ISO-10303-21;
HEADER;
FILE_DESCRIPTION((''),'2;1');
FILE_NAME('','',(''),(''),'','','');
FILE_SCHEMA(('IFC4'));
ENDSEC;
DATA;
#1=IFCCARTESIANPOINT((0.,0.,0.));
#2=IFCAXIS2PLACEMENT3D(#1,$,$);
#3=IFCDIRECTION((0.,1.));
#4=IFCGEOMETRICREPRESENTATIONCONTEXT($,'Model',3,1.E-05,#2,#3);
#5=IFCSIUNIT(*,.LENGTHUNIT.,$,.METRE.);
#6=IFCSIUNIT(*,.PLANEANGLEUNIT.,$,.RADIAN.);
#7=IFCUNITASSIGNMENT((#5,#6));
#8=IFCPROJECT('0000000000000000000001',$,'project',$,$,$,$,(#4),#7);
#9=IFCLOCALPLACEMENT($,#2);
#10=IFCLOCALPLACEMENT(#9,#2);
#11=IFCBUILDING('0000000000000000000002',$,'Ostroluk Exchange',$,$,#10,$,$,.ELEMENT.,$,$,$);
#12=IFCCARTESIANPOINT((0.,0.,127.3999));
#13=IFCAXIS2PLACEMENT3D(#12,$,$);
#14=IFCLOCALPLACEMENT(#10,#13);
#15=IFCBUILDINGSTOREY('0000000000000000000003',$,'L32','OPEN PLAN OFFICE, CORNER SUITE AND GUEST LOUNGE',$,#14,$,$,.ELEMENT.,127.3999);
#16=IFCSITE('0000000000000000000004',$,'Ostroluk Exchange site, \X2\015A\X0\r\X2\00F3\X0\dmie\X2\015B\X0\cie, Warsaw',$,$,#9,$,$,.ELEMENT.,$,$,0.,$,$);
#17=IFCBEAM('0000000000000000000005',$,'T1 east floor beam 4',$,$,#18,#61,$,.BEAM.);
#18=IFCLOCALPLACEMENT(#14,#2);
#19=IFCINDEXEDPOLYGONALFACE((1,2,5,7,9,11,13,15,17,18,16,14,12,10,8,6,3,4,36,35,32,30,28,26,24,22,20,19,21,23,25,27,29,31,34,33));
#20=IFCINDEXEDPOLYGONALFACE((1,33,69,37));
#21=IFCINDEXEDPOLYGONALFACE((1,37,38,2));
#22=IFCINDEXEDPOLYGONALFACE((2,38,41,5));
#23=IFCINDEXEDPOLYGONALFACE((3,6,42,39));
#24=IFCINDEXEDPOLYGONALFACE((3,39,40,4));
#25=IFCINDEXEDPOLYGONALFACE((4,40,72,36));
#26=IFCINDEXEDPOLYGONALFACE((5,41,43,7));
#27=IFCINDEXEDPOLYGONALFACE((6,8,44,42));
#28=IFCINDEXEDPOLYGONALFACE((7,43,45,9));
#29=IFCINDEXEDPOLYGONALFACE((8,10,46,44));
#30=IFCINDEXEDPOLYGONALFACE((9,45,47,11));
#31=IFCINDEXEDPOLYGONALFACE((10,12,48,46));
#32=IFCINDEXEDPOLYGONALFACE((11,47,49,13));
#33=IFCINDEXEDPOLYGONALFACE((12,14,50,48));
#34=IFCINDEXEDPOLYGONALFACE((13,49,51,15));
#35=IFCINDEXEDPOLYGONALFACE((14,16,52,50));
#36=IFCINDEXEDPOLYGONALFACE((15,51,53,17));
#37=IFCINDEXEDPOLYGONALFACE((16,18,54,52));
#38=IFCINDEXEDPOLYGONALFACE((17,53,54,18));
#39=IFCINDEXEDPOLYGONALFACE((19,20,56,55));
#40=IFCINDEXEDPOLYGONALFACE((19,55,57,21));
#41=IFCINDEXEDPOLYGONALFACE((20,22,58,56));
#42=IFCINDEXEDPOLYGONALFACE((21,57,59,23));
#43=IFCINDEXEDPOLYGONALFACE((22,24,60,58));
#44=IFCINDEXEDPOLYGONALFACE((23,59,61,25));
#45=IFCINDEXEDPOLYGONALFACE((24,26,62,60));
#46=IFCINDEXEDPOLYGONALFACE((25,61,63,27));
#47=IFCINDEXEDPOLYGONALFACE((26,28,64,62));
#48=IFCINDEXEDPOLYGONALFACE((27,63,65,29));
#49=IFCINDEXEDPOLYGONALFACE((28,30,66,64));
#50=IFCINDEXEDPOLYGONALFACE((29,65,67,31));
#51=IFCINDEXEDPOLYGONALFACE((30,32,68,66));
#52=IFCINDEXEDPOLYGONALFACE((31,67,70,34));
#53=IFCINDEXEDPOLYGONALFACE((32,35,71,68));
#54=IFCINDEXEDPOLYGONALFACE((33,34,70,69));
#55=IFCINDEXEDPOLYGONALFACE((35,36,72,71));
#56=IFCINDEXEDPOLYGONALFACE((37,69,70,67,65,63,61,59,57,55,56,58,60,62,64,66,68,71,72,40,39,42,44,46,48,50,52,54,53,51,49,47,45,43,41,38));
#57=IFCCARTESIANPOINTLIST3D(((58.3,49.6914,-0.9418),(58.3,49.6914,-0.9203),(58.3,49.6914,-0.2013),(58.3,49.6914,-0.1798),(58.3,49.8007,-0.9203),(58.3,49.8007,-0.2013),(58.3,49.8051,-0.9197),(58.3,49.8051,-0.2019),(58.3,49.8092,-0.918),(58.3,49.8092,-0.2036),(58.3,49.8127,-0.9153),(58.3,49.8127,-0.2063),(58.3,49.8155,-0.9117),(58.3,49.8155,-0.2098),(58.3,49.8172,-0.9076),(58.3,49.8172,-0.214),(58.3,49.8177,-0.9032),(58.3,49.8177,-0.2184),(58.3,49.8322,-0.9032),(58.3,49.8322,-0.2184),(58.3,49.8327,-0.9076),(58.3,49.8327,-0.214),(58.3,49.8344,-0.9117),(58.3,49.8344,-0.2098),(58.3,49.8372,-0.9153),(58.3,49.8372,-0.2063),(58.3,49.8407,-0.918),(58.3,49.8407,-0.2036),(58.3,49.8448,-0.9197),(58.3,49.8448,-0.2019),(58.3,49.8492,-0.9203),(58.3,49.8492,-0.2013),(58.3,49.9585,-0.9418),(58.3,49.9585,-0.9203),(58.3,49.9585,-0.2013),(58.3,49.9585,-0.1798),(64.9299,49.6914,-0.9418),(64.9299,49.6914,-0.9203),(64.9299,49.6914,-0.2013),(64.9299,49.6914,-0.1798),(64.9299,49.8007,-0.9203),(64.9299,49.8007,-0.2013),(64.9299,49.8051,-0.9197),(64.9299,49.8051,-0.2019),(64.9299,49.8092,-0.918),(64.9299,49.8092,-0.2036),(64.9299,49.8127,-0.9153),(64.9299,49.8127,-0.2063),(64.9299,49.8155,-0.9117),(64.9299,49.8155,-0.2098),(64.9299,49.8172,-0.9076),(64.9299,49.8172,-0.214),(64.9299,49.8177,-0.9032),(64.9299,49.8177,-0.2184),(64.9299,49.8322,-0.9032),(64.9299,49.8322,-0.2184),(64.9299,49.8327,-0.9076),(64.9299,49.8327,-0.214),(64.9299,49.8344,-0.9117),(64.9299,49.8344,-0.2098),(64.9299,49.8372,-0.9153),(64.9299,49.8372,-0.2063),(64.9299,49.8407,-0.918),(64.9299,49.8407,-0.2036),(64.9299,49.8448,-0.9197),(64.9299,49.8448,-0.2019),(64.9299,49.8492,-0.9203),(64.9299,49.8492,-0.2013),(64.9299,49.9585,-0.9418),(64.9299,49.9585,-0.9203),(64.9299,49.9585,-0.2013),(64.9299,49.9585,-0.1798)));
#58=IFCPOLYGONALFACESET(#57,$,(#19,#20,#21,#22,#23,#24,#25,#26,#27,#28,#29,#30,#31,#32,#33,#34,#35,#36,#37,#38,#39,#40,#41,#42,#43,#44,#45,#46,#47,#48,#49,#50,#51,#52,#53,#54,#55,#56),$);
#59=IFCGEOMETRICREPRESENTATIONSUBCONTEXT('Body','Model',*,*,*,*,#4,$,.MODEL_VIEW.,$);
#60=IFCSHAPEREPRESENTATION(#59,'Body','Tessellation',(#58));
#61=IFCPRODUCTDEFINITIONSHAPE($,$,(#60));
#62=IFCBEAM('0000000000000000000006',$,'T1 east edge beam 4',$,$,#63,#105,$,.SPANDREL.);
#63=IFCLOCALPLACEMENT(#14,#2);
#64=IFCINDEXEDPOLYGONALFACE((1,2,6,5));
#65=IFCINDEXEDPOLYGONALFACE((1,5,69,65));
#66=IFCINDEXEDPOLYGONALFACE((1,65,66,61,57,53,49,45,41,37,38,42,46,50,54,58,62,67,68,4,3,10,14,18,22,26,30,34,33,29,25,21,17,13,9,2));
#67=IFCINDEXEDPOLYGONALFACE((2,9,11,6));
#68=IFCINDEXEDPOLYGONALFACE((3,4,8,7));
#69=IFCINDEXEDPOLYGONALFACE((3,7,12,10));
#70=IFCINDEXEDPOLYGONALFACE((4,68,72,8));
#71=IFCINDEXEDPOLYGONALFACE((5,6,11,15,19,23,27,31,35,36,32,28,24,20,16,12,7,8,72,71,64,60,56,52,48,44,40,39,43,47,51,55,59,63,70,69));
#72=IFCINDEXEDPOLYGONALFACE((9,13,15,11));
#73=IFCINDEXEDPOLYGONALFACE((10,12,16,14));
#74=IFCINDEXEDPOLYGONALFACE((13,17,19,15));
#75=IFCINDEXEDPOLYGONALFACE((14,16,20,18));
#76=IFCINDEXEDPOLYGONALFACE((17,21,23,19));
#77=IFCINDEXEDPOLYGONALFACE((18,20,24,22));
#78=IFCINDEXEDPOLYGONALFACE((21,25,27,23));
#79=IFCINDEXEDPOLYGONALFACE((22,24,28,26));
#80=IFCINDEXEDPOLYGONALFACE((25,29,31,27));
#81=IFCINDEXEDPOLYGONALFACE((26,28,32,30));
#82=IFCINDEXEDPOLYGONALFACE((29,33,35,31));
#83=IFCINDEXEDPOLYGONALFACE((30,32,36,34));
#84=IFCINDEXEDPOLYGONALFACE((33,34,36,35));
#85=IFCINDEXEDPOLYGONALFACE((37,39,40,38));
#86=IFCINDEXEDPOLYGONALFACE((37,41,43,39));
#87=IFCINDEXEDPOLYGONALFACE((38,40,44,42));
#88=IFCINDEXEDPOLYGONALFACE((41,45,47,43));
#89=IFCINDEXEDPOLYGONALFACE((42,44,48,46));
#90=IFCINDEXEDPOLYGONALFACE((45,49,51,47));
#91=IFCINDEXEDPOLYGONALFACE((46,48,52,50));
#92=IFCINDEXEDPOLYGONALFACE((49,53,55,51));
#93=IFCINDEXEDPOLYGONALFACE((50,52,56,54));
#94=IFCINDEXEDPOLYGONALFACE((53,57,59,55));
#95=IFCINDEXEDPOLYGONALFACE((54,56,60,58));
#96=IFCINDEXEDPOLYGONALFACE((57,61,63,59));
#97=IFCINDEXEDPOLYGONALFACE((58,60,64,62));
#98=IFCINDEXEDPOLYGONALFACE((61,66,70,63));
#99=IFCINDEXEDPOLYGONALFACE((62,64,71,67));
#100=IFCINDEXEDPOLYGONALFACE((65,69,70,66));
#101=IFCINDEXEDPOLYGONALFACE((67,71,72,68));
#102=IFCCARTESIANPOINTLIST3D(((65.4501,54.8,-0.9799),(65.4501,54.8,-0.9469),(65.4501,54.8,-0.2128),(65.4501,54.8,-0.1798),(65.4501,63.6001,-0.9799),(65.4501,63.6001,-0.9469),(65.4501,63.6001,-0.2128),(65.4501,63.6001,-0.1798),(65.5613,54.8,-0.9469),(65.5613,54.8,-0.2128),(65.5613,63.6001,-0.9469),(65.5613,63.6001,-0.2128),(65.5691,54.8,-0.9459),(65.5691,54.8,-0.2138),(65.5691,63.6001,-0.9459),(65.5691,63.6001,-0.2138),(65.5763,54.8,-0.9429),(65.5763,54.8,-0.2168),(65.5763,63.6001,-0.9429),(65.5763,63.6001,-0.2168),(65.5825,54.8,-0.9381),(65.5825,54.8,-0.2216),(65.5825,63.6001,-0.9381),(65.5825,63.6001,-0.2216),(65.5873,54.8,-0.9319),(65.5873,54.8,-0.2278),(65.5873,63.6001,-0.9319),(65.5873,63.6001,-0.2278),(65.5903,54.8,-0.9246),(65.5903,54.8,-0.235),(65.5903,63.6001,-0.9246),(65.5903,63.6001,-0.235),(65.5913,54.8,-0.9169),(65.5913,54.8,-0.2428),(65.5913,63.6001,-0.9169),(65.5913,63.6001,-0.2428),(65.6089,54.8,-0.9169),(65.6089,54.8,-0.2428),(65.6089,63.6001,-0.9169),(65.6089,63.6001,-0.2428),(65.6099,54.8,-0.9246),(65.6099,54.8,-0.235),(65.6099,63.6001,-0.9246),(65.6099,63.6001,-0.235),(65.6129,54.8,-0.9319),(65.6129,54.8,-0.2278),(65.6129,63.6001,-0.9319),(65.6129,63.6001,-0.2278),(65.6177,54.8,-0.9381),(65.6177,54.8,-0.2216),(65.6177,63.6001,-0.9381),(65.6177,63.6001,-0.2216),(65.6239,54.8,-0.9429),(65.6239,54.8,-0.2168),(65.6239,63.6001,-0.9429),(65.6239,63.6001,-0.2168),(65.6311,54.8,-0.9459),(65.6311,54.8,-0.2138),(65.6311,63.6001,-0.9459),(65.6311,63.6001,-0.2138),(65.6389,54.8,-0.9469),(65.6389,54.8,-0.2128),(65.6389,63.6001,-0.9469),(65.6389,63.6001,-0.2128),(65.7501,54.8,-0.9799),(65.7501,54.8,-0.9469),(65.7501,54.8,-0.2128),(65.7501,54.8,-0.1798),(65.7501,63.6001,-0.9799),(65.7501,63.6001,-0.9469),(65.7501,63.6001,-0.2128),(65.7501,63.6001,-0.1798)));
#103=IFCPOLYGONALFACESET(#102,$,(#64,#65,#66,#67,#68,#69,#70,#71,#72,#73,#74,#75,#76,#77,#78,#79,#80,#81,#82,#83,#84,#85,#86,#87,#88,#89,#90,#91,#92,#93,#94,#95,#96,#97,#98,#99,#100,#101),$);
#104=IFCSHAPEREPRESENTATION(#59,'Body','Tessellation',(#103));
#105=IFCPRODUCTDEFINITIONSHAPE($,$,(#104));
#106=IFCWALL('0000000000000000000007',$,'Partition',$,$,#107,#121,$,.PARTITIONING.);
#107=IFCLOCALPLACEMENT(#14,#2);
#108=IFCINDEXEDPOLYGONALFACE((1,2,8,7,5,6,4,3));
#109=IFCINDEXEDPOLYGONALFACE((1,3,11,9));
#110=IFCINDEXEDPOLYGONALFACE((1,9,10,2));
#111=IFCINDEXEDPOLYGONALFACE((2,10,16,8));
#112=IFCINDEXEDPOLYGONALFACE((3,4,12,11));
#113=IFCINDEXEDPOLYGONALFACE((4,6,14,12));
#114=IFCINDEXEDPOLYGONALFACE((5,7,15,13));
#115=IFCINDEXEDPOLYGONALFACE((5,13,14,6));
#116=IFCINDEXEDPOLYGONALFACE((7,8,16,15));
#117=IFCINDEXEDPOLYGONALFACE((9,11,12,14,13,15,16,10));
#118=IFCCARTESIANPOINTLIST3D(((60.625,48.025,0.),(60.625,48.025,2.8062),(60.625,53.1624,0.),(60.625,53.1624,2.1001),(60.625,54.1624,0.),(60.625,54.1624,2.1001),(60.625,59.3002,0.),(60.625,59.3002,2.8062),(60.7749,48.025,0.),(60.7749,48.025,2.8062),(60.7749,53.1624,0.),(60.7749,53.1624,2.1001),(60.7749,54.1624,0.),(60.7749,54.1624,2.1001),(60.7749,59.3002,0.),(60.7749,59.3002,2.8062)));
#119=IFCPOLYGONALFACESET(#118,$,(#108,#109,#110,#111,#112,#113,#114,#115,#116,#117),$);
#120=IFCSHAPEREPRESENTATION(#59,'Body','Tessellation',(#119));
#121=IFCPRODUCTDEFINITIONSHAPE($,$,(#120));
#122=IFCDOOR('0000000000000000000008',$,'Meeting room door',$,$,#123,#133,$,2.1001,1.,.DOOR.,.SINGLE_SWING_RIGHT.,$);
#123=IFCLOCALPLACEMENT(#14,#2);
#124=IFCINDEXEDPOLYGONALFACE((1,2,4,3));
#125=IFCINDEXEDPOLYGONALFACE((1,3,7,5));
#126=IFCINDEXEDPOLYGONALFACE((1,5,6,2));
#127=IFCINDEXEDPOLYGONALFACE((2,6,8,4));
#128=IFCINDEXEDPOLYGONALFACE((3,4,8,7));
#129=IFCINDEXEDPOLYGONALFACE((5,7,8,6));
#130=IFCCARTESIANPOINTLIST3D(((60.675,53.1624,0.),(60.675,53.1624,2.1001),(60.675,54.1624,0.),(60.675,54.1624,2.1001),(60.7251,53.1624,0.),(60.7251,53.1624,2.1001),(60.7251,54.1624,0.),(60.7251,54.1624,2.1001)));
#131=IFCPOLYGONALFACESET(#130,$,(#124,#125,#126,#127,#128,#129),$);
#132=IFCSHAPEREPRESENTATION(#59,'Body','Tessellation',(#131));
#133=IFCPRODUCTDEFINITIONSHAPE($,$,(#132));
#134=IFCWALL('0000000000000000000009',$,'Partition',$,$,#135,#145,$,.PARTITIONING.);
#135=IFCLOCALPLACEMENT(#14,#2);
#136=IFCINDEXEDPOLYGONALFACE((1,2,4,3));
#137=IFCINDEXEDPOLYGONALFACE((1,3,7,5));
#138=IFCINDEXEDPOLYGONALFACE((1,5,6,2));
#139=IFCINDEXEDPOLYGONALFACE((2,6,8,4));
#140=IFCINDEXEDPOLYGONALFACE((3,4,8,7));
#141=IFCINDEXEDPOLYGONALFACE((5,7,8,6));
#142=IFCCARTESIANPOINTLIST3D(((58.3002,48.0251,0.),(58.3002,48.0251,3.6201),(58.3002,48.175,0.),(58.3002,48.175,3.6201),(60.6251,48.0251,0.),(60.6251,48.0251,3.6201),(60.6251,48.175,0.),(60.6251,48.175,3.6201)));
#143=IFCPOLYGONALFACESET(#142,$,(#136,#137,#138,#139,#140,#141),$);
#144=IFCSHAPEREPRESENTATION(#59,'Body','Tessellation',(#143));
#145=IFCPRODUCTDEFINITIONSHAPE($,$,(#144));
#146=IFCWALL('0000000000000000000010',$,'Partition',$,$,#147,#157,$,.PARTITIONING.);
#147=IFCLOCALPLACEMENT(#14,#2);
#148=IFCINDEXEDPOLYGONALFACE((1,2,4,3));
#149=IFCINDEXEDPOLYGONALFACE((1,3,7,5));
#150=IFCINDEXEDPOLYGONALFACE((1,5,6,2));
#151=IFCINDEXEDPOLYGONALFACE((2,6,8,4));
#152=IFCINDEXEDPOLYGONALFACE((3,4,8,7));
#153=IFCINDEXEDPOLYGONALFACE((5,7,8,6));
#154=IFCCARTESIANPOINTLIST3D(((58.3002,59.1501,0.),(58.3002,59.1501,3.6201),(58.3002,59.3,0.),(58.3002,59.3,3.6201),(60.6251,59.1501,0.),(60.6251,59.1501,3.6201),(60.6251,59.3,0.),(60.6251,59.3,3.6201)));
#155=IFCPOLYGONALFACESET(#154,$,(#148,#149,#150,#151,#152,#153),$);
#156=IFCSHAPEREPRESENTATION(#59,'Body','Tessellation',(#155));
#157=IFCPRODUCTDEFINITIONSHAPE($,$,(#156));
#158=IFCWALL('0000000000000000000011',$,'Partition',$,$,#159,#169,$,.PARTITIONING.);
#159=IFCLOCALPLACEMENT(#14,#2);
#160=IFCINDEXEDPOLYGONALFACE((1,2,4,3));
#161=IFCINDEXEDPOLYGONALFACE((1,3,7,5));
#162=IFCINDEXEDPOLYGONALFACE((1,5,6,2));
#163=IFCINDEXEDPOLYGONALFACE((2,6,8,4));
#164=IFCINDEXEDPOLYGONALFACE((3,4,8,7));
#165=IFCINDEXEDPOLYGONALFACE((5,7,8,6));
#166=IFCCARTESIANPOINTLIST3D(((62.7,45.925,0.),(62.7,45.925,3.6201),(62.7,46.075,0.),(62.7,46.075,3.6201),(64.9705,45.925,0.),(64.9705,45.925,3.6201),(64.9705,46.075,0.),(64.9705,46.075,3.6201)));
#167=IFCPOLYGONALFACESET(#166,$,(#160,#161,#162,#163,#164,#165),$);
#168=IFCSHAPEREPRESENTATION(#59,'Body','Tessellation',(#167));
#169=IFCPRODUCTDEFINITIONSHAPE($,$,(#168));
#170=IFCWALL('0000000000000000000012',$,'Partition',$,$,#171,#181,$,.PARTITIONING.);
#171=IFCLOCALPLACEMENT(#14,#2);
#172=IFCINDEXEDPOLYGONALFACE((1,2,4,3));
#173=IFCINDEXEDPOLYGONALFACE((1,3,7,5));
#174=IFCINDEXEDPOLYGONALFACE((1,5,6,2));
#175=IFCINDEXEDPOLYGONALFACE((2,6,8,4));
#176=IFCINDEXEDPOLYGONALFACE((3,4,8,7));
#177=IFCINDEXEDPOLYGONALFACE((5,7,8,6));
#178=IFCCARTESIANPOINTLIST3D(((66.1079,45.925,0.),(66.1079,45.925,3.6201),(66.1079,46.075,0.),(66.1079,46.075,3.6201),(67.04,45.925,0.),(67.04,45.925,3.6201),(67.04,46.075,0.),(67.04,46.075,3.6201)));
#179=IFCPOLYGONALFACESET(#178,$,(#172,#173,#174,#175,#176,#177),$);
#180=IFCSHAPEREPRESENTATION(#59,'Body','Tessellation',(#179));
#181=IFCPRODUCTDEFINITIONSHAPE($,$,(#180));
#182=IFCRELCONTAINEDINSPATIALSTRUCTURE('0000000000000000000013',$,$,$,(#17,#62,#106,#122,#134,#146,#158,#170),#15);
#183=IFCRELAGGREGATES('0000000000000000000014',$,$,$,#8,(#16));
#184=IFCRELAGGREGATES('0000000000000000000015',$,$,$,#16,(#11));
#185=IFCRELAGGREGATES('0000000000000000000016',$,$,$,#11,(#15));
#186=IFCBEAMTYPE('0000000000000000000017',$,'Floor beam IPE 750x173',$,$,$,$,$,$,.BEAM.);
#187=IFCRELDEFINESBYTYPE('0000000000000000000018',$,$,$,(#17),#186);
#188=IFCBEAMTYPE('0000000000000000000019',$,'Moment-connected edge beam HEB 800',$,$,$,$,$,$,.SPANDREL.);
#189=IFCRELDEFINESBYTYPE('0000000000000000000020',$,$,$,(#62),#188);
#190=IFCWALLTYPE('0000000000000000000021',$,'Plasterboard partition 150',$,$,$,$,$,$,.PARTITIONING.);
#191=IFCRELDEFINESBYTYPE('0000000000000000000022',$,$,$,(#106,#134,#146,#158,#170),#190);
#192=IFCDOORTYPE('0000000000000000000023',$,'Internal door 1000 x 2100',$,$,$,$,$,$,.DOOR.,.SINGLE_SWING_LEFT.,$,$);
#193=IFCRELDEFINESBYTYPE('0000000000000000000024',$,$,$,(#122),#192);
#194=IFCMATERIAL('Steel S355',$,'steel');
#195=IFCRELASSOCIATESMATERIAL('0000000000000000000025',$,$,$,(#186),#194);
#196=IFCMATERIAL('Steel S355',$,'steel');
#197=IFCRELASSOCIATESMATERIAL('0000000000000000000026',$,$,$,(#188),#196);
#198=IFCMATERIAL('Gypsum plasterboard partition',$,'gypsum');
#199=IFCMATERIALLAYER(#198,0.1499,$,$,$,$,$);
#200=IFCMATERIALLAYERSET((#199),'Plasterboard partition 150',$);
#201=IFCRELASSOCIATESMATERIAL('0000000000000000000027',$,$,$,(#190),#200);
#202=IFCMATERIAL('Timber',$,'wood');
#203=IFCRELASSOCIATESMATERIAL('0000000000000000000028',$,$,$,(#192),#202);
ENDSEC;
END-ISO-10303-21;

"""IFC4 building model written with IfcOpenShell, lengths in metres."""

from ifc_helpers import new_model, si_unit, direction, frame, frame_2d, origin, origin_2d, place, context, subcontext, project, spatial, rectangle, i_section, extrude, material, layer, layer_set, material_profile, profile_set, type_object, element, fill, save


model = new_model("IFC4")

# Units and contexts
model_context = context("Model", 3, precision=1e-05, world=origin(), true_north=direction((0.0, 1.0)))
body_context = subcontext(model_context, "Body", "Model", "MODEL_VIEW")
ifc_project = project(units=[si_unit("LENGTHUNIT", "METRE"), si_unit("PLANEANGLEUNIT", "RADIAN")], contexts=[model_context])

# Site, building, storey
site_placement = place(None, origin())
site = spatial("IfcSite", under=ifc_project, at=site_placement, Name="Ostroluk Exchange site, Śródmieście, Warsaw", CompositionType="ELEMENT", RefElevation=0.0)
building_placement = place(site_placement, origin())
building = spatial("IfcBuilding", under=site, at=building_placement, Name="Ostroluk Exchange", CompositionType="ELEMENT")
storey_placement = place(building_placement, frame((0.0, 0.0, 127.3999)))
storey = spatial("IfcBuildingStorey", under=building, at=storey_placement, Name="L32", Description="OPEN PLAN OFFICE, CORNER SUITE AND GUEST LOUNGE", CompositionType="ELEMENT", Elevation=127.3999)

# Beams
ifc_material_1 = material(Name="Steel S355", Category="steel")
ifc_material_profile_1 = material_profile(ifc_material_1, i_section(OverallWidth=0.2671, OverallDepth=0.762, WebThickness=0.0144, FlangeThickness=0.0215, FilletRadius=0.0171, at=origin_2d()), Name="IPE 750x173")
ifc_profile_set_1 = profile_set([ifc_material_profile_1], Name="Steel S355")
beam_type_1 = type_object("IfcBeamType", Name="Floor beam IPE 750x173", PredefinedType="BEAM", material=ifc_profile_set_1)
for number, where, z_axis, x_axis, name in (
    (1, (58.3, 49.825, -0.5608), (1.0, 0.0, 0.0), (0.0, 1.0, 0.0), "T1 east floor beam 4"),
):
    element("IfcBeam", number, at=place(storey_placement, frame(where, z_axis=z_axis, x_axis=x_axis)), inside=storey, type_object=beam_type_1, Name=name, PredefinedType="BEAM", context=body_context, shape_type="SweptSolid", body=[
        extrude(i_section(OverallWidth=0.2671, OverallDepth=0.762, WebThickness=0.0144, FlangeThickness=0.0215, FilletRadius=0.0171, at=origin_2d()), origin(), (0.0, 0.0, 1.0), 6.6299),
    ])
ifc_material_2 = material(Name="Steel S355", Category="steel")
ifc_material_profile_2 = material_profile(ifc_material_2, i_section(OverallWidth=0.3, OverallDepth=0.8, WebThickness=0.0176, FlangeThickness=0.033, FilletRadius=0.03, at=origin_2d()), Name="HEB 800")
ifc_profile_set_2 = profile_set([ifc_material_profile_2], Name="Steel S355")
beam_type_2 = type_object("IfcBeamType", Name="Moment-connected edge beam HEB 800", PredefinedType="SPANDREL", material=ifc_profile_set_2)
beam_1_placement = place(storey_placement, frame((65.6001, 54.8, -0.5798), z_axis=(0.0, 1.0, 0.0), x_axis=(-1.0, 0.0, 0.0)))
element("IfcBeam", 2, at=beam_1_placement, inside=storey, type_object=beam_type_2, Name="T1 east edge beam 4", PredefinedType="SPANDREL", context=body_context, shape_type="SweptSolid", body=[
    extrude(i_section(OverallWidth=0.3, OverallDepth=0.8, WebThickness=0.0176, FlangeThickness=0.033, FilletRadius=0.03, at=origin_2d()), origin(), (0.0, 0.0, 1.0), 8.8),
])

# Wall, opening, door
ifc_material_3 = material(Name="Gypsum plasterboard partition", Category="gypsum")
ifc_layer = layer(ifc_material_3, 0.1499)
ifc_layer_set = layer_set([ifc_layer], Name="Plasterboard partition 150")
wall_type = type_object("IfcWallType", Name="Plasterboard partition 150", PredefinedType="PARTITIONING", material=ifc_layer_set)
wall_1_placement = place(storey_placement, frame((60.7, 48.0249, 0.0), z_axis=(0.0, 0.0, 1.0), x_axis=(0.0, 1.0, 0.0)))
wall_1 = element("IfcWall", 3, at=wall_1_placement, inside=storey, type_object=wall_type, Name="Partition", PredefinedType="PARTITIONING", context=body_context, shape_type="SweptSolid", body=[
    extrude(rectangle(XDim=11.2751, YDim=0.1499, at=frame_2d((5.6377, 0.0))), origin(), (0.0, 0.0, 1.0), 2.8062),
])
opening_placement = place(wall_1_placement, frame((5.1375, 0.0, 0.0)))
opening = element("IfcOpeningElement", 4, at=opening_placement, cuts=wall_1, PredefinedType="OPENING", context=body_context, shape_type="SweptSolid", body=[
    extrude(rectangle(XDim=1.0, YDim=2.1001, at=frame_2d((0.5, 1.05))), frame((0.0, 0.085, 0.0), z_axis=(0.0, -1.0, 0.0), x_axis=(1.0, 0.0, 0.0)), (0.0, 0.0, 1.0), 0.1699),
])
ifc_material_4 = material(Name="Timber", Category="wood")
door_type = type_object("IfcDoorType", Name="Internal door 1000 x 2100", OperationType="SINGLE_SWING_LEFT", PredefinedType="DOOR", material=ifc_material_4)
door_placement = place(opening_placement, origin())
door = element("IfcDoor", 5, at=door_placement, inside=storey, type_object=door_type, Name="Meeting room door", OperationType="SINGLE_SWING_RIGHT", OverallHeight=2.1001, OverallWidth=1.0, PredefinedType="DOOR", context=body_context, shape_type="SweptSolid", body=[
    extrude(rectangle(XDim=1.0, YDim=2.1001, at=frame_2d((0.5, 1.05))), frame((0.0, 0.0249, 0.0), z_axis=(0.0, -1.0, 0.0), x_axis=(1.0, 0.0, 0.0)), (0.0, 0.0, 1.0), 0.05),
])
fill(opening, door)

# Walls
for number, where, z_axis, x_axis, name in (
    (6, (58.3, 48.1001, 0.0), (0.0, 0.0, 1.0), (1.0, 0.0, 0.0), "Partition"),
    (7, (58.3, 59.2251, 0.0), (0.0, 0.0, 1.0), (1.0, 0.0, 0.0), "Partition"),
):
    element("IfcWall", number, at=place(storey_placement, frame(where, z_axis=z_axis, x_axis=x_axis)), inside=storey, type_object=wall_type, Name=name, PredefinedType="PARTITIONING", context=body_context, shape_type="SweptSolid", body=[
        extrude(rectangle(XDim=2.325, YDim=0.1499, at=frame_2d((1.1626, 0.0))), origin(), (0.0, 0.0, 1.0), 3.6201),
    ])
wall_2_placement = place(storey_placement, frame((62.7, 46.0, 0.0), z_axis=(0.0, 0.0, 1.0), x_axis=(1.0, 0.0, 0.0)))
element("IfcWall", 8, at=wall_2_placement, inside=storey, type_object=wall_type, Name="Partition", PredefinedType="PARTITIONING", context=body_context, shape_type="SweptSolid", body=[
    extrude(rectangle(XDim=2.2705, YDim=0.1499, at=frame_2d((1.1353, 0.0))), origin(), (0.0, 0.0, 1.0), 3.6201),
])
wall_3_placement = place(storey_placement, frame((66.1079, 46.0, 0.0), z_axis=(0.0, 0.0, 1.0), x_axis=(1.0, 0.0, 0.0)))
element("IfcWall", 9, at=wall_3_placement, inside=storey, type_object=wall_type, Name="Partition", PredefinedType="PARTITIONING", context=body_context, shape_type="SweptSolid", body=[
    extrude(rectangle(XDim=0.9321, YDim=0.1499, at=frame_2d((0.4661, 0.0))), origin(), (0.0, 0.0, 1.0), 3.6201),
])

save(model, "model.ifc")
